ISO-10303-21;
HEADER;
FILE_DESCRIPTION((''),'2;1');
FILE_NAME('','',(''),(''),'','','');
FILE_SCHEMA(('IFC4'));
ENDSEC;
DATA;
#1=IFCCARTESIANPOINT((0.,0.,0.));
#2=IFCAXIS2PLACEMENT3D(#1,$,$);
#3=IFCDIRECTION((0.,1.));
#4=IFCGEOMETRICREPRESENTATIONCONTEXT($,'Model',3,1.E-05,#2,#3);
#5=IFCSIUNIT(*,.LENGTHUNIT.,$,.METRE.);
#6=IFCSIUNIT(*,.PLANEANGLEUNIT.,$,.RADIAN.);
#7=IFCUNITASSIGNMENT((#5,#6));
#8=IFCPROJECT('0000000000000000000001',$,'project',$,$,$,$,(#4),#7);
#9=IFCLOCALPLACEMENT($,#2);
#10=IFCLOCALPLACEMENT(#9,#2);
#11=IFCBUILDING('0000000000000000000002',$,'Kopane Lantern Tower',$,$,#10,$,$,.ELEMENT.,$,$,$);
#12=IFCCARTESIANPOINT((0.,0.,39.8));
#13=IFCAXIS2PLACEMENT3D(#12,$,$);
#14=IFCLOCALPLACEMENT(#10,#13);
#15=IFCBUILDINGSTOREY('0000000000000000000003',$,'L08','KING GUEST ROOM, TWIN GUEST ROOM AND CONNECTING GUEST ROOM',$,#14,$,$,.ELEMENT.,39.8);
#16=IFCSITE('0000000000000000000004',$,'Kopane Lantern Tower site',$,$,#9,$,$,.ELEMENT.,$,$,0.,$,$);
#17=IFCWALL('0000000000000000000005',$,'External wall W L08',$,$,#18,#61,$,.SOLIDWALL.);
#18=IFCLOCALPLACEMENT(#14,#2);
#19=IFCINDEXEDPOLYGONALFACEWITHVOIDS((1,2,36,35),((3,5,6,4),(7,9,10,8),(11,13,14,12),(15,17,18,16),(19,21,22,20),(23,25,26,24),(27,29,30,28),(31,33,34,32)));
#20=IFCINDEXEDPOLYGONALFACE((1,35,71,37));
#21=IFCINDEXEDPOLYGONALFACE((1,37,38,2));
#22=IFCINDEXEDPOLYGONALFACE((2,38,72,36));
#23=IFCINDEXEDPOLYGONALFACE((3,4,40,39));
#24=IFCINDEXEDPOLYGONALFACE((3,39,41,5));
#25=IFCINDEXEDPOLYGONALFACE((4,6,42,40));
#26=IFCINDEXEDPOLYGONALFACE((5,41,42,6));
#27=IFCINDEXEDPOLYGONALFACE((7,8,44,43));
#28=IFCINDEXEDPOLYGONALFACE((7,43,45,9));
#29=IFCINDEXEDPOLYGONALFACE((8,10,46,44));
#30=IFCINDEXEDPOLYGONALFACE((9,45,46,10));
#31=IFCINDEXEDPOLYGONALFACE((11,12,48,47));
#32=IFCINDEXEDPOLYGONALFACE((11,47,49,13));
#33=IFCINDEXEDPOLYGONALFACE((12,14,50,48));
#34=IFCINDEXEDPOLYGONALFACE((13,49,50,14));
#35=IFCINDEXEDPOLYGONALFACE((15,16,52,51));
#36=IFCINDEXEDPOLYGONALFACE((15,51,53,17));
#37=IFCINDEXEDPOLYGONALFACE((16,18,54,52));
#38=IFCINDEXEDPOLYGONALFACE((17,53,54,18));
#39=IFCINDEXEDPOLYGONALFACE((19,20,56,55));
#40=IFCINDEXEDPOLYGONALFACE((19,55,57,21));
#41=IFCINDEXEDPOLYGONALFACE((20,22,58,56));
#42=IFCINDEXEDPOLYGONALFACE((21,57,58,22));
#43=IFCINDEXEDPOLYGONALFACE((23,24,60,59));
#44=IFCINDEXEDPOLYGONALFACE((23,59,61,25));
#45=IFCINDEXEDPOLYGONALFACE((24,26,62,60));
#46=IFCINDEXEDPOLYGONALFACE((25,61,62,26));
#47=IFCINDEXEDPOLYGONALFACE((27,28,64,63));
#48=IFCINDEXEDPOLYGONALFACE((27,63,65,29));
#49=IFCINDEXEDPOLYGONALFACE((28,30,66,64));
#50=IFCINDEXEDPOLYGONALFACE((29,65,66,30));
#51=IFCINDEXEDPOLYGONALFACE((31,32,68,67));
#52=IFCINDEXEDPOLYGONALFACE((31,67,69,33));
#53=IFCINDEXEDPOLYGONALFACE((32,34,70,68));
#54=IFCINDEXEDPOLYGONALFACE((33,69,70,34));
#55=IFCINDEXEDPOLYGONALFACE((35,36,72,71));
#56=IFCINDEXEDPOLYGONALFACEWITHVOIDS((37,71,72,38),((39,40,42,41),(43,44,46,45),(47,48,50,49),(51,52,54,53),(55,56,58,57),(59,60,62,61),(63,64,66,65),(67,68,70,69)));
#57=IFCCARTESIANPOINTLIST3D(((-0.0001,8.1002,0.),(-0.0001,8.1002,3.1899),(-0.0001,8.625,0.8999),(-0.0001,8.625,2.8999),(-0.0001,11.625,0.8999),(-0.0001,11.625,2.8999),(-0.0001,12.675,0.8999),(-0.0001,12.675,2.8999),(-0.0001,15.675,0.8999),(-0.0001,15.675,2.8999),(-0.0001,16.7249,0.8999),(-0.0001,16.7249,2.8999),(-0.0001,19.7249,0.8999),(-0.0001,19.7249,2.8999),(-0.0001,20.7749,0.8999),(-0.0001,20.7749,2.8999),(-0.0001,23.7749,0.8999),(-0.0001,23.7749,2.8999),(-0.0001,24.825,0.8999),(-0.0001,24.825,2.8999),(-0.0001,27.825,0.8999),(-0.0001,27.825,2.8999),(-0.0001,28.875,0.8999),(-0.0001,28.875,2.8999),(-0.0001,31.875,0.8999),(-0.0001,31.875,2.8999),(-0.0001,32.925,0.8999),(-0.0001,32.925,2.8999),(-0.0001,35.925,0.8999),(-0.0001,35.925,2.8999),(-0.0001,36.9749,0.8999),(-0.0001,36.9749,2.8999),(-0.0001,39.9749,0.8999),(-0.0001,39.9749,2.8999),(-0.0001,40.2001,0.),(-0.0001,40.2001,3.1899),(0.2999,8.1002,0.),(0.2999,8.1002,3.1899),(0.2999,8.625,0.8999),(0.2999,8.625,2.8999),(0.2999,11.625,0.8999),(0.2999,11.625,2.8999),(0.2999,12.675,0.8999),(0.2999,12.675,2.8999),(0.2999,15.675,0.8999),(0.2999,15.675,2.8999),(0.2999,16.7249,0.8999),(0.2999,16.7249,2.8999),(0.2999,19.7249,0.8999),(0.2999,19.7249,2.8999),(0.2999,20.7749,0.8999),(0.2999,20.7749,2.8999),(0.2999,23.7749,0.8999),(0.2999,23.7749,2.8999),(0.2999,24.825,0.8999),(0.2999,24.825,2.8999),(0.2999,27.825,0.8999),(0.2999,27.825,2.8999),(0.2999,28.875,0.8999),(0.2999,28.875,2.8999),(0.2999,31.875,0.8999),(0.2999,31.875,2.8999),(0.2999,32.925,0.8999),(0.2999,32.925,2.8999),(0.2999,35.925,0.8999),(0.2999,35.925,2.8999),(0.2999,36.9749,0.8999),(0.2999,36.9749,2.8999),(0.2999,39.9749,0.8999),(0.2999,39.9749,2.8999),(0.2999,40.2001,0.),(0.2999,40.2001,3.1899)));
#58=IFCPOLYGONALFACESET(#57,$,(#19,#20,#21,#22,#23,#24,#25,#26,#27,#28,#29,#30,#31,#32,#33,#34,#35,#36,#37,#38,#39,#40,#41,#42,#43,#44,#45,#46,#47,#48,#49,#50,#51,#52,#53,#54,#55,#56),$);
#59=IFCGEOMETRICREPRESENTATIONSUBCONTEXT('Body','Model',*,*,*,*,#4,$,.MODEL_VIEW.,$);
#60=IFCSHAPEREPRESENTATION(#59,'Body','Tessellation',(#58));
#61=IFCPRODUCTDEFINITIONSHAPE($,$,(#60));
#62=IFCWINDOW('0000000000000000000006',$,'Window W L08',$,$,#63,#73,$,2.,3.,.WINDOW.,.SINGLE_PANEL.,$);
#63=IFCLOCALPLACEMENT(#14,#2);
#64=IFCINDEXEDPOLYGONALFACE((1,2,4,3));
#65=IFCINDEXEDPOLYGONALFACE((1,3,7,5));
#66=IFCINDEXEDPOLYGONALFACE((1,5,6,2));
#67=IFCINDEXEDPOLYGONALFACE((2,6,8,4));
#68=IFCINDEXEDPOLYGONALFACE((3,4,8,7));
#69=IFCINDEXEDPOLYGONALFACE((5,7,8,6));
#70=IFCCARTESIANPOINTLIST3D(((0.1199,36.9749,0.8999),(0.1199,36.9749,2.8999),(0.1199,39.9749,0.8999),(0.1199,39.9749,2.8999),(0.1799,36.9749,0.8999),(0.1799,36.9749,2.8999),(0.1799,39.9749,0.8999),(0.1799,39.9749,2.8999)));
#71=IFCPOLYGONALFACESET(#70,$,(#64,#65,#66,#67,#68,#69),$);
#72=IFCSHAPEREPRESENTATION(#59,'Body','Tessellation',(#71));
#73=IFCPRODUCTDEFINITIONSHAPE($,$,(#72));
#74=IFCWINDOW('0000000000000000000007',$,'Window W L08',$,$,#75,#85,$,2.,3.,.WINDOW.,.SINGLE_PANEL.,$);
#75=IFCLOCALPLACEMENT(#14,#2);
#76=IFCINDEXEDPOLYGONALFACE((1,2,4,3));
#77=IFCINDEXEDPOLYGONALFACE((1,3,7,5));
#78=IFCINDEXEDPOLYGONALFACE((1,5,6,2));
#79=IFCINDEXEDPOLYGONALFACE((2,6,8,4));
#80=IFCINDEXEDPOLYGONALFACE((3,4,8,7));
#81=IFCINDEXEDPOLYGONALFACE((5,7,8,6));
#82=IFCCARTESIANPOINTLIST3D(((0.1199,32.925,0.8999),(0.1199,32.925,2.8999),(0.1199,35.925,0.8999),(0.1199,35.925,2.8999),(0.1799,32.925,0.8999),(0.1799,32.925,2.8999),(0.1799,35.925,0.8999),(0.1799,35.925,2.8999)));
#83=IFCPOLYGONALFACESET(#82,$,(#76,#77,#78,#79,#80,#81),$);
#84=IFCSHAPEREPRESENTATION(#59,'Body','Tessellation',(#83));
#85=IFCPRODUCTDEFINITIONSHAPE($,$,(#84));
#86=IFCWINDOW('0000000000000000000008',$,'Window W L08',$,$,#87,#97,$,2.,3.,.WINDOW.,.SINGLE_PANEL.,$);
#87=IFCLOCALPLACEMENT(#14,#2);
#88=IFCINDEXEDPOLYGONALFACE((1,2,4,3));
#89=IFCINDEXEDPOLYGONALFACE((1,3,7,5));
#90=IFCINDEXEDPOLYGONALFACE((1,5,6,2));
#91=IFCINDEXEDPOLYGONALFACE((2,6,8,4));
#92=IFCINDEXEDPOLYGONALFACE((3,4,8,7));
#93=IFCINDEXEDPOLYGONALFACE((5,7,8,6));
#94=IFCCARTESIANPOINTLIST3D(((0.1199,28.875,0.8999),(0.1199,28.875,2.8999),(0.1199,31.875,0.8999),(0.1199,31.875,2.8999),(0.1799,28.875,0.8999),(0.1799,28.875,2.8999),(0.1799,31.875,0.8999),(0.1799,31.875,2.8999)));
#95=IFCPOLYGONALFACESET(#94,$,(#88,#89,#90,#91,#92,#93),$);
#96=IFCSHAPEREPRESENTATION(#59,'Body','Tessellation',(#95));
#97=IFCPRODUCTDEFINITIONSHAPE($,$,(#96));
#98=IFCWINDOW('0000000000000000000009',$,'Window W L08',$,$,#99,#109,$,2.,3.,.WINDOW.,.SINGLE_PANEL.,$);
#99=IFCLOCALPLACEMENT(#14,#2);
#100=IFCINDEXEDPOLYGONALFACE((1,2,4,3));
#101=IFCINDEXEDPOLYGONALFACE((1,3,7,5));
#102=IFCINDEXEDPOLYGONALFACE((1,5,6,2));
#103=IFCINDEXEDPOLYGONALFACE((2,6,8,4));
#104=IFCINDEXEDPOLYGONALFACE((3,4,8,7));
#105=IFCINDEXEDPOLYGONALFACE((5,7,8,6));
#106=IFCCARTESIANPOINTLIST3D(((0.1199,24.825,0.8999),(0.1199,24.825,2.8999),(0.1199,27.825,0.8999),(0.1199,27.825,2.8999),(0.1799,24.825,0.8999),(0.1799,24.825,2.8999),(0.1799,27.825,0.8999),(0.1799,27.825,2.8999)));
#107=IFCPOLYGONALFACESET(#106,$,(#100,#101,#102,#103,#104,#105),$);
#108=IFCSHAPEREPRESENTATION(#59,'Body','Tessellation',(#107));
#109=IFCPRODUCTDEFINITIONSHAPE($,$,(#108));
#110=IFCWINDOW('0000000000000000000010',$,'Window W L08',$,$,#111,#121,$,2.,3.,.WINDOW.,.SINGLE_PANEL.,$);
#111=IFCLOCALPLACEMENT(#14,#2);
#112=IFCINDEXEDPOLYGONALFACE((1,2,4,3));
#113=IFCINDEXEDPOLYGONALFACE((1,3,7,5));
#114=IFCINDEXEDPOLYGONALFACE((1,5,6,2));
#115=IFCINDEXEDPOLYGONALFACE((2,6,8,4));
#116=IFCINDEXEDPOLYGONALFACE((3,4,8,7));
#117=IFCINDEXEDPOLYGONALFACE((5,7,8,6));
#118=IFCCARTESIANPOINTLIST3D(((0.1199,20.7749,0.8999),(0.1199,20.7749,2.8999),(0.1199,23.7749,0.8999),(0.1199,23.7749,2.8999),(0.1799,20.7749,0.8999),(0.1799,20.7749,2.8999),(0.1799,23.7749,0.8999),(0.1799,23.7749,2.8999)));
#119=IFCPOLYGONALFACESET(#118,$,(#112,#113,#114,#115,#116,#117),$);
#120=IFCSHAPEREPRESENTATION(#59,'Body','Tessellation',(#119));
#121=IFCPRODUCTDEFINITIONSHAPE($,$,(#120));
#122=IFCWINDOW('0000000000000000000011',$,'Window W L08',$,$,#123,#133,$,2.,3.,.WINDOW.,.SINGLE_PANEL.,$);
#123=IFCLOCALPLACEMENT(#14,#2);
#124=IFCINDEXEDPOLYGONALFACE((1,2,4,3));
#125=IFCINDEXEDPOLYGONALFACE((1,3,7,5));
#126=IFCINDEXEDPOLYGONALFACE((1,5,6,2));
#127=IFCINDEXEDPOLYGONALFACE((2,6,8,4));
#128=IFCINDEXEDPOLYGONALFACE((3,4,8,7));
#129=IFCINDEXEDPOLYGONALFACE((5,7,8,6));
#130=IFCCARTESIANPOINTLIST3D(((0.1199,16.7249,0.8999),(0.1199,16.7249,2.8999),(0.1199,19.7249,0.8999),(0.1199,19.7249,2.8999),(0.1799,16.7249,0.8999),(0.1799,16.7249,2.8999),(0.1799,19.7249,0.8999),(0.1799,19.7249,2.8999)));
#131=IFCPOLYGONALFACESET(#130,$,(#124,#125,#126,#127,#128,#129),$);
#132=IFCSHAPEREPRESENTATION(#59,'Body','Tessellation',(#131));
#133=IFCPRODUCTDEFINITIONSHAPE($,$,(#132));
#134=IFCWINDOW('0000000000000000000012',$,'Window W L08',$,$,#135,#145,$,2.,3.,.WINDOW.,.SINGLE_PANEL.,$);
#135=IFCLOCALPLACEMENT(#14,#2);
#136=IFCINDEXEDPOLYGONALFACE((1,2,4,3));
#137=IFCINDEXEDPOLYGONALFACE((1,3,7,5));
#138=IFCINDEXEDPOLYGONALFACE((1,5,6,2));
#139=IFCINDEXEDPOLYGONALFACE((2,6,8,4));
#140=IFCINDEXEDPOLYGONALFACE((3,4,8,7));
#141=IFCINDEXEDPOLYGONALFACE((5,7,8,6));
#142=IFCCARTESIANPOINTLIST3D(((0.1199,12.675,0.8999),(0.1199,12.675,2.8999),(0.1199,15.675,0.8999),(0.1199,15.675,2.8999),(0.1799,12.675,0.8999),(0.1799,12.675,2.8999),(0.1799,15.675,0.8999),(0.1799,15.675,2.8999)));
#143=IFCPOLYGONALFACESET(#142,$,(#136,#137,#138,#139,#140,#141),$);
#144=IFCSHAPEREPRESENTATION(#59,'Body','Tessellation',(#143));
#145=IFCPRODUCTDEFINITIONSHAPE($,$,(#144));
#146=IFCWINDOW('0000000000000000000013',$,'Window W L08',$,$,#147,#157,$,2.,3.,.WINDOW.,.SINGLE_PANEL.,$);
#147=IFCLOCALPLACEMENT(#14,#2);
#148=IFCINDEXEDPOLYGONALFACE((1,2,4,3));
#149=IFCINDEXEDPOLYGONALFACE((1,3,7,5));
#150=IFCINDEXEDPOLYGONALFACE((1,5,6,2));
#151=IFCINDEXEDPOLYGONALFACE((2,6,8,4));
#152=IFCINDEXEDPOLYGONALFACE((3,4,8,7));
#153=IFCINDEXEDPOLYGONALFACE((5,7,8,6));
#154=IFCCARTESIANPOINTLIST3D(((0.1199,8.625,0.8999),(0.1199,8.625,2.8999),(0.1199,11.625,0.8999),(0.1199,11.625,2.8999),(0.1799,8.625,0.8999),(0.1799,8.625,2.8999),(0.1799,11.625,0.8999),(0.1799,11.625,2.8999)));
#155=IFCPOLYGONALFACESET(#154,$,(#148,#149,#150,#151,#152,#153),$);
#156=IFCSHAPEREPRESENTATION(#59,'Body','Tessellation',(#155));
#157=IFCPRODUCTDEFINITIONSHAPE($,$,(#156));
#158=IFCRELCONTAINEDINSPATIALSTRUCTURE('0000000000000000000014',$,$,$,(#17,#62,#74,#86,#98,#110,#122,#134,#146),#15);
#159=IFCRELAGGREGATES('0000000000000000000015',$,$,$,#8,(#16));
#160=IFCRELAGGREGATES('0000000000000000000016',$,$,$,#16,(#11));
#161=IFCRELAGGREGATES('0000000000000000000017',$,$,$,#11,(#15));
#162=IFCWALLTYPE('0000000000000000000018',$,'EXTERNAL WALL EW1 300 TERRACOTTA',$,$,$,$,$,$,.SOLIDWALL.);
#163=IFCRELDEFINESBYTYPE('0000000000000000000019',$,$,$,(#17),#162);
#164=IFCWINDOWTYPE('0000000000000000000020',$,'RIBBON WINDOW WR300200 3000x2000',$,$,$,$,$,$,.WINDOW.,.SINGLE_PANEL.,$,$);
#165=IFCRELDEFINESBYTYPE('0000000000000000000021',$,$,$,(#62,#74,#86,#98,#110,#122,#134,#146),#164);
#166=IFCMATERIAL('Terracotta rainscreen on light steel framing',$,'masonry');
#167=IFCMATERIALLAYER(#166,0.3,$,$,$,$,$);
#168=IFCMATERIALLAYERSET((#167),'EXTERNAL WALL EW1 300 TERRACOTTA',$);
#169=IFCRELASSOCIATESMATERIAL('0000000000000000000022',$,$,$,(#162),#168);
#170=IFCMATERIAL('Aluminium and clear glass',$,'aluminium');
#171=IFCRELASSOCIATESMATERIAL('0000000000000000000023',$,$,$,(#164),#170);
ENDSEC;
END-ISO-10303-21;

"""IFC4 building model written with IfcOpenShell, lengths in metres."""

from ifc_helpers import new_model, si_unit, direction, frame, frame_2d, origin, place, context, subcontext, project, spatial, rectangle, extrude, material, layer, layer_set, type_object, element, fill, save


model = new_model("IFC4")

# Units and contexts
model_context = context("Model", 3, precision=1e-05, world=origin(), true_north=direction((0.0, 1.0)))
body_context = subcontext(model_context, "Body", "Model", "MODEL_VIEW")
ifc_project = project(units=[si_unit("LENGTHUNIT", "METRE"), si_unit("PLANEANGLEUNIT", "RADIAN")], contexts=[model_context])

# Site, building, storey
site_placement = place(None, origin())
site = spatial("IfcSite", under=ifc_project, at=site_placement, Name="Kopane Lantern Tower site", CompositionType="ELEMENT", RefElevation=0.0)
building_placement = place(site_placement, origin())
building = spatial("IfcBuilding", under=site, at=building_placement, Name="Kopane Lantern Tower", CompositionType="ELEMENT")
storey_placement = place(building_placement, frame((0.0, 0.0, 39.8)))
storey = spatial("IfcBuildingStorey", under=building, at=storey_placement, Name="L08", Description="KING GUEST ROOM, TWIN GUEST ROOM AND CONNECTING GUEST ROOM", CompositionType="ELEMENT", Elevation=39.8)

# Shared definitions
ifc_material_1 = material(Name="Terracotta rainscreen on light steel framing", Category="masonry")
ifc_layer_1 = layer(ifc_material_1, 0.3)
ifc_layer_set_1 = layer_set([ifc_layer_1], Name="EXTERNAL WALL EW1 300 TERRACOTTA")
wall_type_1 = type_object("IfcWallType", Name="EXTERNAL WALL EW1 300 TERRACOTTA", PredefinedType="SOLIDWALL", material=ifc_layer_set_1)

# Wall, openings, windows
wall_1_placement = place(storey_placement, frame((0.1499, 40.2, 0.0), z_axis=(0.0, 0.0, 1.0), x_axis=(0.0, -1.0, 0.0)))
wall_1 = element("IfcWall", 1, at=wall_1_placement, inside=storey, type_object=wall_type_1, Name="External wall W L08", PredefinedType="SOLIDWALL", context=body_context, shape_type="SweptSolid", body=[
    extrude(rectangle(XDim=32.0999, YDim=0.3, at=frame_2d((16.0498, 0.0))), origin(), (0.0, 0.0, 1.0), 3.1899),
])
opening_1_placement = place(wall_1_placement, frame((0.2251, 0.0, 0.8999)))
opening_1 = element("IfcOpeningElement", 2, at=opening_1_placement, cuts=wall_1, PredefinedType="OPENING", context=body_context, shape_type="SweptSolid", body=[
    extrude(rectangle(XDim=3.0, YDim=2.0, at=frame_2d((1.5, 1.0))), frame((0.0, 0.1599, 0.0), z_axis=(0.0, -1.0, 0.0), x_axis=(1.0, 0.0, 0.0)), (0.0, 0.0, 1.0), 0.3201),
])
opening_2_placement = place(wall_1_placement, frame((4.2749, 0.0, 0.8999)))
opening_2 = element("IfcOpeningElement", 3, at=opening_2_placement, cuts=wall_1, PredefinedType="OPENING", context=body_context, shape_type="SweptSolid", body=[
    extrude(rectangle(XDim=3.0, YDim=2.0, at=frame_2d((1.5, 1.0))), frame((0.0, 0.1599, 0.0), z_axis=(0.0, -1.0, 0.0), x_axis=(1.0, 0.0, 0.0)), (0.0, 0.0, 1.0), 0.3201),
])
opening_3_placement = place(wall_1_placement, frame((8.325, 0.0, 0.8999)))
opening_3 = element("IfcOpeningElement", 4, at=opening_3_placement, cuts=wall_1, PredefinedType="OPENING", context=body_context, shape_type="SweptSolid", body=[
    extrude(rectangle(XDim=3.0, YDim=2.0, at=frame_2d((1.5, 1.0))), frame((0.0, 0.1599, 0.0), z_axis=(0.0, -1.0, 0.0), x_axis=(1.0, 0.0, 0.0)), (0.0, 0.0, 1.0), 0.3201),
])
opening_4_placement = place(wall_1_placement, frame((12.375, 0.0, 0.8999)))
opening_4 = element("IfcOpeningElement", 5, at=opening_4_placement, cuts=wall_1, PredefinedType="OPENING", context=body_context, shape_type="SweptSolid", body=[
    extrude(rectangle(XDim=3.0, YDim=2.0, at=frame_2d((1.5, 1.0))), frame((0.0, 0.1599, 0.0), z_axis=(0.0, -1.0, 0.0), x_axis=(1.0, 0.0, 0.0)), (0.0, 0.0, 1.0), 0.3201),
])
opening_5_placement = place(wall_1_placement, frame((16.425, 0.0, 0.8999)))
opening_5 = element("IfcOpeningElement", 6, at=opening_5_placement, cuts=wall_1, PredefinedType="OPENING", context=body_context, shape_type="SweptSolid", body=[
    extrude(rectangle(XDim=3.0, YDim=2.0, at=frame_2d((1.5, 1.0))), frame((0.0, 0.1599, 0.0), z_axis=(0.0, -1.0, 0.0), x_axis=(1.0, 0.0, 0.0)), (0.0, 0.0, 1.0), 0.3201),
])
opening_6_placement = place(wall_1_placement, frame((20.4751, 0.0, 0.8999)))
opening_6 = element("IfcOpeningElement", 7, at=opening_6_placement, cuts=wall_1, PredefinedType="OPENING", context=body_context, shape_type="SweptSolid", body=[
    extrude(rectangle(XDim=3.0, YDim=2.0, at=frame_2d((1.5, 1.0))), frame((0.0, 0.1599, 0.0), z_axis=(0.0, -1.0, 0.0), x_axis=(1.0, 0.0, 0.0)), (0.0, 0.0, 1.0), 0.3201),
])
opening_7_placement = place(wall_1_placement, frame((24.5249, 0.0, 0.8999)))
opening_7 = element("IfcOpeningElement", 8, at=opening_7_placement, cuts=wall_1, PredefinedType="OPENING", context=body_context, shape_type="SweptSolid", body=[
    extrude(rectangle(XDim=3.0, YDim=2.0, at=frame_2d((1.5, 1.0))), frame((0.0, 0.1599, 0.0), z_axis=(0.0, -1.0, 0.0), x_axis=(1.0, 0.0, 0.0)), (0.0, 0.0, 1.0), 0.3201),
])
opening_8_placement = place(wall_1_placement, frame((28.575, 0.0, 0.8999)))
opening_8 = element("IfcOpeningElement", 9, at=opening_8_placement, cuts=wall_1, PredefinedType="OPENING", context=body_context, shape_type="SweptSolid", body=[
    extrude(rectangle(XDim=3.0, YDim=2.0, at=frame_2d((1.5, 1.0))), frame((0.0, 0.1599, 0.0), z_axis=(0.0, -1.0, 0.0), x_axis=(1.0, 0.0, 0.0)), (0.0, 0.0, 1.0), 0.3201),
])
ifc_material_2 = material(Name="Aluminium and clear glass", Category="aluminium")
window_type_1 = type_object("IfcWindowType", Name="RIBBON WINDOW WR300200 3000x2000", PartitioningType="SINGLE_PANEL", PredefinedType="WINDOW", material=ifc_material_2)
window_1_placement = place(opening_1_placement, origin())
window_1 = element("IfcWindow", 10, at=window_1_placement, inside=storey, type_object=window_type_1, Name="Window W L08", OverallHeight=2.0, OverallWidth=3.0, PartitioningType="SINGLE_PANEL", PredefinedType="WINDOW", context=body_context, shape_type="SweptSolid", body=[
    extrude(rectangle(XDim=3.0, YDim=2.0, at=frame_2d((1.5, 1.0))), frame((0.0, 0.03, 0.0), z_axis=(0.0, -1.0, 0.0), x_axis=(1.0, 0.0, 0.0)), (0.0, 0.0, 1.0), 0.0601),
])
fill(opening_1, window_1)
window_2_placement = place(opening_2_placement, origin())
window_2 = element("IfcWindow", 11, at=window_2_placement, inside=storey, type_object=window_type_1, Name="Window W L08", OverallHeight=2.0, OverallWidth=3.0, PartitioningType="SINGLE_PANEL", PredefinedType="WINDOW", context=body_context, shape_type="SweptSolid", body=[
    extrude(rectangle(XDim=3.0, YDim=2.0, at=frame_2d((1.5, 1.0))), frame((0.0, 0.03, 0.0), z_axis=(0.0, -1.0, 0.0), x_axis=(1.0, 0.0, 0.0)), (0.0, 0.0, 1.0), 0.0601),
])
fill(opening_2, window_2)
window_3_placement = place(opening_3_placement, origin())
window_3 = element("IfcWindow", 12, at=window_3_placement, inside=storey, type_object=window_type_1, Name="Window W L08", OverallHeight=2.0, OverallWidth=3.0, PartitioningType="SINGLE_PANEL", PredefinedType="WINDOW", context=body_context, shape_type="SweptSolid", body=[
    extrude(rectangle(XDim=3.0, YDim=2.0, at=frame_2d((1.5, 1.0))), frame((0.0, 0.03, 0.0), z_axis=(0.0, -1.0, 0.0), x_axis=(1.0, 0.0, 0.0)), (0.0, 0.0, 1.0), 0.0601),
])
fill(opening_3, window_3)
window_4_placement = place(opening_4_placement, origin())
window_4 = element("IfcWindow", 13, at=window_4_placement, inside=storey, type_object=window_type_1, Name="Window W L08", OverallHeight=2.0, OverallWidth=3.0, PartitioningType="SINGLE_PANEL", PredefinedType="WINDOW", context=body_context, shape_type="SweptSolid", body=[
    extrude(rectangle(XDim=3.0, YDim=2.0, at=frame_2d((1.5, 1.0))), frame((0.0, 0.03, 0.0), z_axis=(0.0, -1.0, 0.0), x_axis=(1.0, 0.0, 0.0)), (0.0, 0.0, 1.0), 0.0601),
])
fill(opening_4, window_4)
window_5_placement = place(opening_5_placement, origin())
window_5 = element("IfcWindow", 14, at=window_5_placement, inside=storey, type_object=window_type_1, Name="Window W L08", OverallHeight=2.0, OverallWidth=3.0, PartitioningType="SINGLE_PANEL", PredefinedType="WINDOW", context=body_context, shape_type="SweptSolid", body=[
    extrude(rectangle(XDim=3.0, YDim=2.0, at=frame_2d((1.5, 1.0))), frame((0.0, 0.03, 0.0), z_axis=(0.0, -1.0, 0.0), x_axis=(1.0, 0.0, 0.0)), (0.0, 0.0, 1.0), 0.0601),
])
fill(opening_5, window_5)
window_6_placement = place(opening_6_placement, origin())
window_6 = element("IfcWindow", 15, at=window_6_placement, inside=storey, type_object=window_type_1, Name="Window W L08", OverallHeight=2.0, OverallWidth=3.0, PartitioningType="SINGLE_PANEL", PredefinedType="WINDOW", context=body_context, shape_type="SweptSolid", body=[
    extrude(rectangle(XDim=3.0, YDim=2.0, at=frame_2d((1.5, 1.0))), frame((0.0, 0.03, 0.0), z_axis=(0.0, -1.0, 0.0), x_axis=(1.0, 0.0, 0.0)), (0.0, 0.0, 1.0), 0.0601),
])
fill(opening_6, window_6)
window_7_placement = place(opening_7_placement, origin())
window_7 = element("IfcWindow", 16, at=window_7_placement, inside=storey, type_object=window_type_1, Name="Window W L08", OverallHeight=2.0, OverallWidth=3.0, PartitioningType="SINGLE_PANEL", PredefinedType="WINDOW", context=body_context, shape_type="SweptSolid", body=[
    extrude(rectangle(XDim=3.0, YDim=2.0, at=frame_2d((1.5, 1.0))), frame((0.0, 0.03, 0.0), z_axis=(0.0, -1.0, 0.0), x_axis=(1.0, 0.0, 0.0)), (0.0, 0.0, 1.0), 0.0601),
])
fill(opening_7, window_7)
window_8_placement = place(opening_8_placement, origin())
window_8 = element("IfcWindow", 17, at=window_8_placement, inside=storey, type_object=window_type_1, Name="Window W L08", OverallHeight=2.0, OverallWidth=3.0, PartitioningType="SINGLE_PANEL", PredefinedType="WINDOW", context=body_context, shape_type="SweptSolid", body=[
    extrude(rectangle(XDim=3.0, YDim=2.0, at=frame_2d((1.5, 1.0))), frame((0.0, 0.03, 0.0), z_axis=(0.0, -1.0, 0.0), x_axis=(1.0, 0.0, 0.0)), (0.0, 0.0, 1.0), 0.0601),
])
fill(opening_8, window_8)

save(model, "model.ifc")
